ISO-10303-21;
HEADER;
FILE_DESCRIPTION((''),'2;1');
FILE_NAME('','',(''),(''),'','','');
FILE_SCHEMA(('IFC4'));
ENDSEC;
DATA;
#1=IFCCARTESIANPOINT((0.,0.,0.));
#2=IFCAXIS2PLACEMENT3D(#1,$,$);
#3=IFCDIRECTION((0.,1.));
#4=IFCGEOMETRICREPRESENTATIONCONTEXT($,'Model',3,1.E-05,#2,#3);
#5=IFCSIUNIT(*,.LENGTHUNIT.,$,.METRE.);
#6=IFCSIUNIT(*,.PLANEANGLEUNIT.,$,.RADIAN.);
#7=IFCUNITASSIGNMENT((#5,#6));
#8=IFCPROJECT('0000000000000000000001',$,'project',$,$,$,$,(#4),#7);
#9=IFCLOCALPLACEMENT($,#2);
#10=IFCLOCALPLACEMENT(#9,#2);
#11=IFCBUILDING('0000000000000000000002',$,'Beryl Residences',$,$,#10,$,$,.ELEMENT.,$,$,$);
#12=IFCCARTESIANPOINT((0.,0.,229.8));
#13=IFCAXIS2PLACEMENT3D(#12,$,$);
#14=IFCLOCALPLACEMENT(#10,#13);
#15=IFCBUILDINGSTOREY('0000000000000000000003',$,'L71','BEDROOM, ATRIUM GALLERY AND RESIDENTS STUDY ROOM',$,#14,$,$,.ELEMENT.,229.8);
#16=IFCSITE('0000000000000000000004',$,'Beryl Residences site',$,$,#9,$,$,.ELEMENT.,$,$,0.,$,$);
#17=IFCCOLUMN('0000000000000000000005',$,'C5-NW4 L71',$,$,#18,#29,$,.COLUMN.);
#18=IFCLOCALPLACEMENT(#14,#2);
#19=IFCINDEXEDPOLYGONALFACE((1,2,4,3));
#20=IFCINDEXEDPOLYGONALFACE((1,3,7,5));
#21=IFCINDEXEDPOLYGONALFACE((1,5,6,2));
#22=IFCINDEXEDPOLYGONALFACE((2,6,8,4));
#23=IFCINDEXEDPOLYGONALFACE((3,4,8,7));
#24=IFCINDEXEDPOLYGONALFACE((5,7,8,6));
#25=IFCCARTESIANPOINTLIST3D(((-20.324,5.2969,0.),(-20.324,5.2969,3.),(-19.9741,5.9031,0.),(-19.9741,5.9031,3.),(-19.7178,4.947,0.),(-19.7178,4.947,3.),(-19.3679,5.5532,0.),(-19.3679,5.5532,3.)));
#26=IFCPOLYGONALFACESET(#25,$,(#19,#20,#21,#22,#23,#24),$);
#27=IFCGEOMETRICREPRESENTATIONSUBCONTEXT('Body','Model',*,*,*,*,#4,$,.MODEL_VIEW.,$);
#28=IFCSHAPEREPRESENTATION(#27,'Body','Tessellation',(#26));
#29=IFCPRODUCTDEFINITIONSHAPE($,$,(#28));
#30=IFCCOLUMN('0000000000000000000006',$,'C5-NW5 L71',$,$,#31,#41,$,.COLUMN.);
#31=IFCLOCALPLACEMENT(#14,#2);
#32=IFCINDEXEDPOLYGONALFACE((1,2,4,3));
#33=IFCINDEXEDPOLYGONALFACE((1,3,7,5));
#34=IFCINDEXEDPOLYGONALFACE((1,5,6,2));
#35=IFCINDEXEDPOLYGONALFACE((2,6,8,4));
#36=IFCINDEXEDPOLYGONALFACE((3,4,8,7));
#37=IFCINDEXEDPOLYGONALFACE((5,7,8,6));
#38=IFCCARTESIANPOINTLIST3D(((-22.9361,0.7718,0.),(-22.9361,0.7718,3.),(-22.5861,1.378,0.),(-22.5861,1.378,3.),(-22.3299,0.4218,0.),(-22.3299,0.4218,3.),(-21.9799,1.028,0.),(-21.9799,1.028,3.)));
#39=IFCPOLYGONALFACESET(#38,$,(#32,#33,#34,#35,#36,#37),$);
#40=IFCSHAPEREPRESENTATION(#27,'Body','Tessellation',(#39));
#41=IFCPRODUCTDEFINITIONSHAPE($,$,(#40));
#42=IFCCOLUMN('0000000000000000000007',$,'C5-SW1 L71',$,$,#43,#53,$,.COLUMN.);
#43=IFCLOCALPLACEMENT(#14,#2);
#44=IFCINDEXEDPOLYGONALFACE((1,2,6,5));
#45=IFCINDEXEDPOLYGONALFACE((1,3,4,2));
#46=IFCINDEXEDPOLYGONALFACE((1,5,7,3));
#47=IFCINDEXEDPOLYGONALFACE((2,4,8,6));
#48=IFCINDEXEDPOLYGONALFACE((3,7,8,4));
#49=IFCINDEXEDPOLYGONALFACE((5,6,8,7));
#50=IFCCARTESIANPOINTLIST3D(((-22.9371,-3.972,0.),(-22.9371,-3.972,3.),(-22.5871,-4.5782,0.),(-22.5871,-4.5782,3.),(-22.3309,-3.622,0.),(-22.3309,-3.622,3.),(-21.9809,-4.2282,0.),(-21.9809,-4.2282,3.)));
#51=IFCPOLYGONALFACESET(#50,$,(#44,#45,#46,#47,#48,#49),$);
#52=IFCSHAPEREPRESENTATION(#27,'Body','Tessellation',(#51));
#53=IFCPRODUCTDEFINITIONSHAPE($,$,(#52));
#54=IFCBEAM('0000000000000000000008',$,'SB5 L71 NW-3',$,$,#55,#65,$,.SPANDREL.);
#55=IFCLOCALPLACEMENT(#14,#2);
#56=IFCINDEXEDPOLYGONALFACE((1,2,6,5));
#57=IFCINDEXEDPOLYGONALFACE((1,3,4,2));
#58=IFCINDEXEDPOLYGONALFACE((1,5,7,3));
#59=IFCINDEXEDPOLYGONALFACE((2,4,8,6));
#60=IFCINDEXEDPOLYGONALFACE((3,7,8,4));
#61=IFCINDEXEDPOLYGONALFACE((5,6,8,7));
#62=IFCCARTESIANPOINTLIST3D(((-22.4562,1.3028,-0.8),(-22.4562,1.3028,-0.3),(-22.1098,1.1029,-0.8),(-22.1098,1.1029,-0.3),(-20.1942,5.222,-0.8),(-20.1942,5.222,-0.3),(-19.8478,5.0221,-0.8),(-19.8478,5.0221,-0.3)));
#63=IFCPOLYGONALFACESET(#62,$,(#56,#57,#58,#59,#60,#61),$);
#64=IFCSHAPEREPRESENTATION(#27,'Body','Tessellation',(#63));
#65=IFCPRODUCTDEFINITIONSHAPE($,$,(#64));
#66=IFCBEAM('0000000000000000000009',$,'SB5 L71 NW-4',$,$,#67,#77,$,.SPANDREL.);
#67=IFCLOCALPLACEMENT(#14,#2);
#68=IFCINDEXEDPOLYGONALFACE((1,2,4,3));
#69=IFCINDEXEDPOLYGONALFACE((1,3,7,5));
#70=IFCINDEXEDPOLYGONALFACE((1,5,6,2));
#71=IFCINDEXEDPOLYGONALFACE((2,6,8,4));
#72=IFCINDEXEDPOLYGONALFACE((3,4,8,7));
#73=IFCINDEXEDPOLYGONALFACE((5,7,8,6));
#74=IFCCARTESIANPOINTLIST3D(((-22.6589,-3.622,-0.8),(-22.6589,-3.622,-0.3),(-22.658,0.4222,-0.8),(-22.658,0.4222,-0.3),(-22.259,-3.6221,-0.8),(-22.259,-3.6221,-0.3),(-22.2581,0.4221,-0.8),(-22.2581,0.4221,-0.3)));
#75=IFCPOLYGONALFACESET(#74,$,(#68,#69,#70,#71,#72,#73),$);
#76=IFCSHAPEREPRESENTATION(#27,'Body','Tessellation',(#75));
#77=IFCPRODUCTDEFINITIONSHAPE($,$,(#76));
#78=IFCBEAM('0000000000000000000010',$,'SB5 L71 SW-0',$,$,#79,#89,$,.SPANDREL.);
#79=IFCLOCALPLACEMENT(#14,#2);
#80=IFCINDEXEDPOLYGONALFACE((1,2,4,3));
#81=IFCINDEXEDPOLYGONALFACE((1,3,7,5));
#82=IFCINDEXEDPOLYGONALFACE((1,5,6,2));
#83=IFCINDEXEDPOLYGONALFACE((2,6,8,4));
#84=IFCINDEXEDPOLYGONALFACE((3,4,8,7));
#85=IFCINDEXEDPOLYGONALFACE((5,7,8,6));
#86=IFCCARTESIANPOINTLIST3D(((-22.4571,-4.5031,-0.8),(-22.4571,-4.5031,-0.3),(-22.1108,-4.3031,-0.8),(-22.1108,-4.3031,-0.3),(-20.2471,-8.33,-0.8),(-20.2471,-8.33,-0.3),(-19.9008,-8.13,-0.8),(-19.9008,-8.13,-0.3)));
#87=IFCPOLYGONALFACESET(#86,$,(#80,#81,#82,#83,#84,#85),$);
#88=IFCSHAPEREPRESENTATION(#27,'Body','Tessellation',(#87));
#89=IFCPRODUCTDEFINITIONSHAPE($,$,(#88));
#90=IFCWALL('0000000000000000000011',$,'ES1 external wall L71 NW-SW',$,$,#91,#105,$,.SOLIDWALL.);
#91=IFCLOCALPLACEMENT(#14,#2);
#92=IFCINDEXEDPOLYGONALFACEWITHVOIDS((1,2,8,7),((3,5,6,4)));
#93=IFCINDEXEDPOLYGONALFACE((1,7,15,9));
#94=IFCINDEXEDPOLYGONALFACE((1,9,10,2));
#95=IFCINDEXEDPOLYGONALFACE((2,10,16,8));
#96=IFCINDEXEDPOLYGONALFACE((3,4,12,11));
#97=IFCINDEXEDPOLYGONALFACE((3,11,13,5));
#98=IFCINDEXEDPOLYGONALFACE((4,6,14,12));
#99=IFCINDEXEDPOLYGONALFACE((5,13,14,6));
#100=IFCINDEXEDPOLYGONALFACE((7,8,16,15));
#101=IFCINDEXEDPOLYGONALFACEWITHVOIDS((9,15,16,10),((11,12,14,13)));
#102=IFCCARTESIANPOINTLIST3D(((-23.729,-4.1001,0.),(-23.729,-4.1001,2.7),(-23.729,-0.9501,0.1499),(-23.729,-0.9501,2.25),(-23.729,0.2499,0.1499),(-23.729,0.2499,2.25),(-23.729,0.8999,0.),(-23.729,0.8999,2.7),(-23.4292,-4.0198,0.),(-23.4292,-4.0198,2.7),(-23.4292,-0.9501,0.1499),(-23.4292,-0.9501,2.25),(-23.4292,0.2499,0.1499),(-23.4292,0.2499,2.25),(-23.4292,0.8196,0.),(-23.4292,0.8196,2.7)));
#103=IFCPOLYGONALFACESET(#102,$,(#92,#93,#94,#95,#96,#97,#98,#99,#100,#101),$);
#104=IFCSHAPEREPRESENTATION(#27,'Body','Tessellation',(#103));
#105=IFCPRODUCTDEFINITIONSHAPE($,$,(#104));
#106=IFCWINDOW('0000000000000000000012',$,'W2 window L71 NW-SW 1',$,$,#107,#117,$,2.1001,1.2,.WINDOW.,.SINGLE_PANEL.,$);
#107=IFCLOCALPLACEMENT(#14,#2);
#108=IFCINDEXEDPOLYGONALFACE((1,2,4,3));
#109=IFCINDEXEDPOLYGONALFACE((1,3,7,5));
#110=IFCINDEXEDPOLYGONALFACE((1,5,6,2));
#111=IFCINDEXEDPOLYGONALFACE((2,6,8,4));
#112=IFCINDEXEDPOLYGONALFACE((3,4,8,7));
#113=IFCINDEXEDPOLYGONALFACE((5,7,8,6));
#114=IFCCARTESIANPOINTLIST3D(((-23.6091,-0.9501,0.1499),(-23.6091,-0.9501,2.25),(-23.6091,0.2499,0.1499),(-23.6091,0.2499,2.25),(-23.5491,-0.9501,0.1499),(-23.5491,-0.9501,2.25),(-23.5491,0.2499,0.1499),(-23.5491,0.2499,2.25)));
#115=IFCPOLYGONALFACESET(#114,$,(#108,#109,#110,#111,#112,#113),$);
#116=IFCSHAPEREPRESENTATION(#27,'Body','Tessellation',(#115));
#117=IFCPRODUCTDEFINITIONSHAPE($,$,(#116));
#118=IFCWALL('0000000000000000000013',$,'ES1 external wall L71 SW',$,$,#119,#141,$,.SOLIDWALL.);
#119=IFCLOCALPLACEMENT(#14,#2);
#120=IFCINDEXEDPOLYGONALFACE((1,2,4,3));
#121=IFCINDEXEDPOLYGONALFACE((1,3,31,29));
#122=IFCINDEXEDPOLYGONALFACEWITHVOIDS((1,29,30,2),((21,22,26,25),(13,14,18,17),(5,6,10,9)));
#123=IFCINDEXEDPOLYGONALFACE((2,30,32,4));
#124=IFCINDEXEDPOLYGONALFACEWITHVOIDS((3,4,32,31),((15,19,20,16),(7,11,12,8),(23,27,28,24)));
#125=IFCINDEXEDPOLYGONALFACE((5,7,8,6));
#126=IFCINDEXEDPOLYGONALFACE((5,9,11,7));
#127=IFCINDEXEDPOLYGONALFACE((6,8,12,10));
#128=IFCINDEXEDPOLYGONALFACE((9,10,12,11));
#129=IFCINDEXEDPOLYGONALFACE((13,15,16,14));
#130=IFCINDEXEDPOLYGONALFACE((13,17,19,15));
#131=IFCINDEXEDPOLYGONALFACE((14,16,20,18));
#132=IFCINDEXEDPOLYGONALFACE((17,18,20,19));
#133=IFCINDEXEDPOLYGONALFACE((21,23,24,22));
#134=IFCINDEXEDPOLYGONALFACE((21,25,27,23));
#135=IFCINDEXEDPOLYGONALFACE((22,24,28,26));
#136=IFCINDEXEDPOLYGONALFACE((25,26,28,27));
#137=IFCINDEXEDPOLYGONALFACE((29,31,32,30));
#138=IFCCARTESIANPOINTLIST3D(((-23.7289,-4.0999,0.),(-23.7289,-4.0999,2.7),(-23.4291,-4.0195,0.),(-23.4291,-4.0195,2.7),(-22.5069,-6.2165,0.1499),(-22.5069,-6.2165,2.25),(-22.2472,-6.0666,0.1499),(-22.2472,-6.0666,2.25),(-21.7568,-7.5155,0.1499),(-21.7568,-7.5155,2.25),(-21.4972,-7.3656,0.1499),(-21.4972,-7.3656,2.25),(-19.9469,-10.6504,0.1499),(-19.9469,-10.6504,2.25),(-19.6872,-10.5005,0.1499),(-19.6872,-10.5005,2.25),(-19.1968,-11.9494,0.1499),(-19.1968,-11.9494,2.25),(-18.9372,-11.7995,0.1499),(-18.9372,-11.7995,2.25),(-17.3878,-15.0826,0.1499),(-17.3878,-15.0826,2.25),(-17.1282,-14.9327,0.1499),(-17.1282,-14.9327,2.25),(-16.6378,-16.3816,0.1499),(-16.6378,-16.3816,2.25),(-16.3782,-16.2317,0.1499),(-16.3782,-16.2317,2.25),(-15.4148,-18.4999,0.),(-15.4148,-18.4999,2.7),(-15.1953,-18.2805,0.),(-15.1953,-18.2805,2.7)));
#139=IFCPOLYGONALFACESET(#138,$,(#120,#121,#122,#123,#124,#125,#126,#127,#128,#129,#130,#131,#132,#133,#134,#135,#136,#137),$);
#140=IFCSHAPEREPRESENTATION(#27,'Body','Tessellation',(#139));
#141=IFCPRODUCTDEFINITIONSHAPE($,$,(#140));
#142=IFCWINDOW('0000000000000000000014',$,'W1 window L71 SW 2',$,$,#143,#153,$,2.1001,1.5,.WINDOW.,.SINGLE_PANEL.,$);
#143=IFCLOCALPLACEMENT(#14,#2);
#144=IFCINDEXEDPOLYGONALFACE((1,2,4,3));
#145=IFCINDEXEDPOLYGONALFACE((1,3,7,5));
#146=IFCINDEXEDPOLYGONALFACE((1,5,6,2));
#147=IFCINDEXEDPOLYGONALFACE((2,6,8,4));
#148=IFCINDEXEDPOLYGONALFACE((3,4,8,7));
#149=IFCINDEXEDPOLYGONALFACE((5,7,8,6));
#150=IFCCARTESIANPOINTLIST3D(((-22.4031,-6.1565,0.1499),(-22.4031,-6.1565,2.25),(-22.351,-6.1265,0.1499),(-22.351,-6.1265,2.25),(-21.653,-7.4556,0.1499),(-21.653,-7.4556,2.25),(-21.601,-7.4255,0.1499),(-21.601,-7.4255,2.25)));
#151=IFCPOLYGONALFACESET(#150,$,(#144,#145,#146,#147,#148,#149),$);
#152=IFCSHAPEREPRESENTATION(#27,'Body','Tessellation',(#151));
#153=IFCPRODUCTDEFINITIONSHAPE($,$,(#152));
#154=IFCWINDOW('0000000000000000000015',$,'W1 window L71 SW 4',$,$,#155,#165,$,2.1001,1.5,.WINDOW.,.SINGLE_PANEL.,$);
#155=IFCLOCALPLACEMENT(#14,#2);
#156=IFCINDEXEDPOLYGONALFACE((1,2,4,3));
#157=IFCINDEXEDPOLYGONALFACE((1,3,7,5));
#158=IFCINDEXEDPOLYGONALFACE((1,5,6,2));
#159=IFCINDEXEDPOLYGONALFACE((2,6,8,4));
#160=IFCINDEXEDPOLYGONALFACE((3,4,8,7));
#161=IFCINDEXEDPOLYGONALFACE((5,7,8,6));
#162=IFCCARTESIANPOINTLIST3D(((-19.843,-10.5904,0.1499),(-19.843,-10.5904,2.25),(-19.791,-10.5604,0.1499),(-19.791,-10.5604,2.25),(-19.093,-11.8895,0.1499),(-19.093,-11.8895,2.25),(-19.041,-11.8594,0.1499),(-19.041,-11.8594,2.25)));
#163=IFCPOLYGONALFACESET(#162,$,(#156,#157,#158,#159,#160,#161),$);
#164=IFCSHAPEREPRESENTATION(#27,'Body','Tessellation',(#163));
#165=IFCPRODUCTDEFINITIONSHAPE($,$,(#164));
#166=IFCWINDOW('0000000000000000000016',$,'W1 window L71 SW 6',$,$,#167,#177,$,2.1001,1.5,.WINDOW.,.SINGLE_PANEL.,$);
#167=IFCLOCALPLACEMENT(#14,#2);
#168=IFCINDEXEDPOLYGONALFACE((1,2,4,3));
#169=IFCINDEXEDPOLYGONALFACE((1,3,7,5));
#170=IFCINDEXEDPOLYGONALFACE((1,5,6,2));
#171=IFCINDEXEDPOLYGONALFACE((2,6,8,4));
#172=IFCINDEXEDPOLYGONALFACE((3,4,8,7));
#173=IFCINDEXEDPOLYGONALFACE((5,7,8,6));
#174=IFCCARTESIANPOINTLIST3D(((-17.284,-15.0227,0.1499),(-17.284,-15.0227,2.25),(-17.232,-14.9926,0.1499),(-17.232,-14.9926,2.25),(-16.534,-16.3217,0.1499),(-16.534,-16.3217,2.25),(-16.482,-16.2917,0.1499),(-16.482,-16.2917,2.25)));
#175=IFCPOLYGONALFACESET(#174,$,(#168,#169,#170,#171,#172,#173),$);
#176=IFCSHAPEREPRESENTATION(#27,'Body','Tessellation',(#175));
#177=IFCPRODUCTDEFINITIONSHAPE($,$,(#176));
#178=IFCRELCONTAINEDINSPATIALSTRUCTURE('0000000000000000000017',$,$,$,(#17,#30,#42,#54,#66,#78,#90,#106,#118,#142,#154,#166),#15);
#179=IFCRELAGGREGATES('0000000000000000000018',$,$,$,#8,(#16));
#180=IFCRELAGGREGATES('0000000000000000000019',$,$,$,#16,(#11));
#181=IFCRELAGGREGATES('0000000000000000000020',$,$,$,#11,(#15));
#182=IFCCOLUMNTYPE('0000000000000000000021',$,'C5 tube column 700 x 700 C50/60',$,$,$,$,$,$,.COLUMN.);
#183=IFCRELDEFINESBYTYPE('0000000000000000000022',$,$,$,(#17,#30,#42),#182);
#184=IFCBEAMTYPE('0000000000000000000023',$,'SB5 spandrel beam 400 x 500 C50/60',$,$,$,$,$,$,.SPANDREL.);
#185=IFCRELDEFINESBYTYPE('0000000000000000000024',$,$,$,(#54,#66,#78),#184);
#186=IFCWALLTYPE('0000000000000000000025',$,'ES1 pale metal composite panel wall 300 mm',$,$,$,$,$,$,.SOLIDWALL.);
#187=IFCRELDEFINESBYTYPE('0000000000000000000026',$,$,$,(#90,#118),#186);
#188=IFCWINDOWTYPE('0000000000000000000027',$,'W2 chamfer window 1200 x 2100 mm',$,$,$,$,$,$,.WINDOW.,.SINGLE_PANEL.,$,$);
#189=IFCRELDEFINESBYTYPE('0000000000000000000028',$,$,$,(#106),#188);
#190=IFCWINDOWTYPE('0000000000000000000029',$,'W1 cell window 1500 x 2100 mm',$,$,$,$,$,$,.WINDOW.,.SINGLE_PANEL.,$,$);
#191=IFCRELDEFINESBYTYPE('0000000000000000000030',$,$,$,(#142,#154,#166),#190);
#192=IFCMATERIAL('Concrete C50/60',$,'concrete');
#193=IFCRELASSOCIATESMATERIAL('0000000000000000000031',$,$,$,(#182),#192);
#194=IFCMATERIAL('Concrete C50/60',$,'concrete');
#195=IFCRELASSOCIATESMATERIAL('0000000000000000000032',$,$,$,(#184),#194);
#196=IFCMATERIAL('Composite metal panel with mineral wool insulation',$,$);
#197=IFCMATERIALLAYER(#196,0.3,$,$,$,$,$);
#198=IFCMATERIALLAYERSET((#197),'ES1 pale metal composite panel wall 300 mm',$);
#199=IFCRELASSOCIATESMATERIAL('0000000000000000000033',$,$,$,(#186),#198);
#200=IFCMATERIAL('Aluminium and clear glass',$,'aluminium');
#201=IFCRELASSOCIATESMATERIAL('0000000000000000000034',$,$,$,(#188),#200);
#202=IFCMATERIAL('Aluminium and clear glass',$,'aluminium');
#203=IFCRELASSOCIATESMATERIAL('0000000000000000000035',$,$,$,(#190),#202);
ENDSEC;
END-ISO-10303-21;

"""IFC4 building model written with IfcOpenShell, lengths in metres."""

from ifc_helpers import new_model, si_unit, direction, frame, frame_2d, origin, origin_2d, place, context, subcontext, project, spatial, polyline, rectangle, outline, extrude, material, layer, layer_set, material_profile, profile_set, type_object, element, fill, save


model = new_model("IFC4")

# Units and contexts
model_context = context("Model", 3, precision=1e-05, world=origin(), true_north=direction((0.0, 1.0)))
body_context = subcontext(model_context, "Body", "Model", "MODEL_VIEW")
ifc_project = project(units=[si_unit("LENGTHUNIT", "METRE"), si_unit("PLANEANGLEUNIT", "RADIAN")], contexts=[model_context])

# Site, building, storey
site_placement = place(None, origin())
site = spatial("IfcSite", under=ifc_project, at=site_placement, Name="Beryl Residences site", CompositionType="ELEMENT", RefElevation=0.0)
building_placement = place(site_placement, origin())
building = spatial("IfcBuilding", under=site, at=building_placement, Name="Beryl Residences", CompositionType="ELEMENT")
storey_placement = place(building_placement, frame((0.0, 0.0, 229.8)))
storey = spatial("IfcBuildingStorey", under=building, at=storey_placement, Name="L71", Description="BEDROOM, ATRIUM GALLERY AND RESIDENTS STUDY ROOM", CompositionType="ELEMENT", Elevation=229.8)

# Columns
ifc_material_1 = material(Name="Concrete C50/60", Category="concrete")
ifc_material_profile_1 = material_profile(ifc_material_1, rectangle(XDim=0.7, YDim=0.7, at=origin_2d()))
ifc_profile_set_1 = profile_set([ifc_material_profile_1], Name="Concrete C50/60")
column_type = type_object("IfcColumnType", Name="C5 tube column 700 x 700 C50/60", PredefinedType="COLUMN", material=ifc_profile_set_1)
for number, where, z_axis, x_axis, name in (
    (1, (-19.8459, 5.425, 0.0), (0.0, 0.0, 1.0), (-0.49997, -0.866043, 0.0), "C5-NW4 L71"),
    (2, (-22.458, 0.8999, 0.0), (0.0, 0.0, 1.0), (-0.49997, -0.866043, 0.0), "C5-NW5 L71"),
    (3, (-22.459, -4.1001, 0.0), (0.0, 0.0, 1.0), (0.499985, -0.866034, 0.0), "C5-SW1 L71"),
):
    element("IfcColumn", number, at=place(storey_placement, frame(where, z_axis=z_axis, x_axis=x_axis)), inside=storey, type_object=column_type, Name=name, PredefinedType="COLUMN", context=body_context, shape_type="SweptSolid", body=[
        extrude(rectangle(XDim=0.7, YDim=0.7, at=origin_2d()), origin(), (0.0, 0.0, 1.0), 3.0),
    ])

# Beams
ifc_material_2 = material(Name="Concrete C50/60", Category="concrete")
ifc_material_profile_2 = material_profile(ifc_material_2, rectangle(XDim=0.3999, YDim=0.5, at=origin_2d()))
ifc_profile_set_2 = profile_set([ifc_material_profile_2], Name="Concrete C50/60")
beam_type = type_object("IfcBeamType", Name="SB5 spandrel beam 400 x 500 C50/60", PredefinedType="SPANDREL", material=ifc_profile_set_2)
beam_1_placement = place(storey_placement, frame((-20.021, 5.1221, -0.55), z_axis=(-0.49987, -0.8661, 0.0), x_axis=(0.8661, -0.49987, 0.0)))
element("IfcBeam", 4, at=beam_1_placement, inside=storey, type_object=beam_type, Name="SB5 L71 NW-3", PredefinedType="SPANDREL", context=body_context, shape_type="SweptSolid", body=[
    extrude(rectangle(XDim=0.3999, YDim=0.5, at=origin_2d()), origin(), (0.0, 0.0, 1.0), 4.5251),
])
beam_2_placement = place(storey_placement, frame((-22.458, 0.4221, -0.55), z_axis=(-0.000241, -1.0, 0.0), x_axis=(1.0, -0.000241, 0.0)))
element("IfcBeam", 5, at=beam_2_placement, inside=storey, type_object=beam_type, Name="SB5 L71 NW-4", PredefinedType="SPANDREL", context=body_context, shape_type="SweptSolid", body=[
    extrude(rectangle(XDim=0.3999, YDim=0.5, at=origin_2d()), origin(), (0.0, 0.0, 1.0), 4.0442),
])
beam_3_placement = place(storey_placement, frame((-22.2839, -4.4031, -0.55), z_axis=(0.500084, -0.865977, 0.0), x_axis=(0.865977, 0.500084, 0.0)))
element("IfcBeam", 6, at=beam_3_placement, inside=storey, type_object=beam_type, Name="SB5 L71 SW-0", PredefinedType="SPANDREL", context=body_context, shape_type="SweptSolid", body=[
    extrude(rectangle(XDim=0.3999, YDim=0.5, at=origin_2d()), origin(), (0.0, 0.0, 1.0), 4.4192),
])

# Wall, opening, window
ifc_material_3 = material(Name="Composite metal panel with mineral wool insulation")
ifc_layer_1 = layer(ifc_material_3, 0.3)
ifc_layer_set_1 = layer_set([ifc_layer_1], Name="ES1 pale metal composite panel wall 300 mm")
wall_type_1 = type_object("IfcWallType", Name="ES1 pale metal composite panel wall 300 mm", PredefinedType="SOLIDWALL", material=ifc_layer_set_1)
wall_1_placement = place(storey_placement, frame((-23.5791, 0.8999, 0.0), z_axis=(0.0, 0.0, 1.0), x_axis=(0.0, -1.0, 0.0)))
wall_1 = element("IfcWall", 7, at=wall_1_placement, inside=storey, type_object=wall_type_1, Name="ES1 external wall L71 NW-SW", PredefinedType="SOLIDWALL", context=body_context, shape_type="SweptSolid", body=[
    extrude(outline(polyline([(0.0, -0.1499), (5.0, -0.1499), (4.9197, 0.1499), (0.0803, 0.1499), (0.0, -0.1499)])), origin(), (0.0, 0.0, 1.0), 2.7),
])
opening_1_placement = place(wall_1_placement, frame((0.6499, 0.0, 0.1499)))
opening_1 = element("IfcOpeningElement", 8, at=opening_1_placement, cuts=wall_1, PredefinedType="OPENING", context=body_context, shape_type="SweptSolid", body=[
    extrude(rectangle(XDim=1.2, YDim=2.1001, at=frame_2d((0.6001, 1.05))), frame((0.0, 0.1599, 0.0), z_axis=(0.0, -1.0, 0.0), x_axis=(1.0, 0.0, 0.0)), (0.0, 0.0, 1.0), 0.3201),
])
ifc_material_4 = material(Name="Aluminium and clear glass", Category="aluminium")
window_type_1 = type_object("IfcWindowType", Name="W2 chamfer window 1200 x 2100 mm", PartitioningType="SINGLE_PANEL", PredefinedType="WINDOW", material=ifc_material_4)
window_1_placement = place(opening_1_placement, origin())
window_1 = element("IfcWindow", 9, at=window_1_placement, inside=storey, type_object=window_type_1, Name="W2 window L71 NW-SW 1", OverallHeight=2.1001, OverallWidth=1.2, PartitioningType="SINGLE_PANEL", PredefinedType="WINDOW", context=body_context, shape_type="SweptSolid", body=[
    extrude(rectangle(XDim=1.2, YDim=2.1001, at=frame_2d((0.6001, 1.05))), frame((0.0, 0.03, 0.0), z_axis=(0.0, -1.0, 0.0), x_axis=(1.0, 0.0, 0.0)), (0.0, 0.0, 1.0), 0.0601),
])
fill(opening_1, window_1)

# Wall, openings, windows
wall_2_placement = place(storey_placement, frame((-23.5991, -4.0249, 0.0), z_axis=(0.0, 0.0, 1.0), x_axis=(0.500013, -0.866018, 0.0)))
wall_2 = element("IfcWall", 10, at=wall_2_placement, inside=storey, type_object=wall_type_1, Name="ES1 external wall L71 SW", PredefinedType="SOLIDWALL", context=body_context, shape_type="SweptSolid", body=[
    extrude(outline(polyline([(0.0, -0.1499), (16.6279, -0.1499), (16.5476, 0.1499), (0.0803, 0.1499), (0.0, -0.1499)])), origin(), (0.0, 0.0, 1.0), 2.7),
])
opening_2_placement = place(wall_2_placement, frame((2.4441, 0.0, 0.1499)))
opening_2 = element("IfcOpeningElement", 11, at=opening_2_placement, cuts=wall_2, PredefinedType="OPENING", context=body_context, shape_type="SweptSolid", body=[
    extrude(rectangle(XDim=1.5, YDim=2.1001, at=frame_2d((0.75, 1.05))), frame((0.0, 0.1599, 0.0), z_axis=(0.0, -1.0, 0.0), x_axis=(1.0, 0.0, 0.0)), (0.0, 0.0, 1.0), 0.3201),
])
opening_3_placement = place(wall_2_placement, frame((7.564, 0.0, 0.1499)))
opening_3 = element("IfcOpeningElement", 12, at=opening_3_placement, cuts=wall_2, PredefinedType="OPENING", context=body_context, shape_type="SweptSolid", body=[
    extrude(rectangle(XDim=1.5, YDim=2.1001, at=frame_2d((0.75, 1.05))), frame((0.0, 0.1599, 0.0), z_axis=(0.0, -1.0, 0.0), x_axis=(1.0, 0.0, 0.0)), (0.0, 0.0, 1.0), 0.3201),
])
opening_4_placement = place(wall_2_placement, frame((12.6819, 0.0, 0.1499)))
opening_4 = element("IfcOpeningElement", 13, at=opening_4_placement, cuts=wall_2, PredefinedType="OPENING", context=body_context, shape_type="SweptSolid", body=[
    extrude(rectangle(XDim=1.5, YDim=2.1001, at=frame_2d((0.75, 1.05))), frame((0.0, 0.1599, 0.0), z_axis=(0.0, -1.0, 0.0), x_axis=(1.0, 0.0, 0.0)), (0.0, 0.0, 1.0), 0.3201),
])
ifc_material_5 = material(Name="Aluminium and clear glass", Category="aluminium")
window_type_2 = type_object("IfcWindowType", Name="W1 cell window 1500 x 2100 mm", PartitioningType="SINGLE_PANEL", PredefinedType="WINDOW", material=ifc_material_5)
window_2_placement = place(opening_2_placement, origin())
window_2 = element("IfcWindow", 14, at=window_2_placement, inside=storey, type_object=window_type_2, Name="W1 window L71 SW 2", OverallHeight=2.1001, OverallWidth=1.5, PartitioningType="SINGLE_PANEL", PredefinedType="WINDOW", context=body_context, shape_type="SweptSolid", body=[
    extrude(rectangle(XDim=1.5, YDim=2.1001, at=frame_2d((0.75, 1.05))), frame((0.0, 0.03, 0.0), z_axis=(0.0, -1.0, 0.0), x_axis=(1.0, 0.0, 0.0)), (0.0, 0.0, 1.0), 0.0601),
])
fill(opening_2, window_2)
window_3_placement = place(opening_3_placement, origin())
window_3 = element("IfcWindow", 15, at=window_3_placement, inside=storey, type_object=window_type_2, Name="W1 window L71 SW 4", OverallHeight=2.1001, OverallWidth=1.5, PartitioningType="SINGLE_PANEL", PredefinedType="WINDOW", context=body_context, shape_type="SweptSolid", body=[
    extrude(rectangle(XDim=1.5, YDim=2.1001, at=frame_2d((0.75, 1.05))), frame((0.0, 0.03, 0.0), z_axis=(0.0, -1.0, 0.0), x_axis=(1.0, 0.0, 0.0)), (0.0, 0.0, 1.0), 0.0601),
])
fill(opening_3, window_3)
window_4_placement = place(opening_4_placement, origin())
window_4 = element("IfcWindow", 16, at=window_4_placement, inside=storey, type_object=window_type_2, Name="W1 window L71 SW 6", OverallHeight=2.1001, OverallWidth=1.5, PartitioningType="SINGLE_PANEL", PredefinedType="WINDOW", context=body_context, shape_type="SweptSolid", body=[
    extrude(rectangle(XDim=1.5, YDim=2.1001, at=frame_2d((0.75, 1.05))), frame((0.0, 0.03, 0.0), z_axis=(0.0, -1.0, 0.0), x_axis=(1.0, 0.0, 0.0)), (0.0, 0.0, 1.0), 0.0601),
])
fill(opening_4, window_4)

save(model, "model.ifc")
